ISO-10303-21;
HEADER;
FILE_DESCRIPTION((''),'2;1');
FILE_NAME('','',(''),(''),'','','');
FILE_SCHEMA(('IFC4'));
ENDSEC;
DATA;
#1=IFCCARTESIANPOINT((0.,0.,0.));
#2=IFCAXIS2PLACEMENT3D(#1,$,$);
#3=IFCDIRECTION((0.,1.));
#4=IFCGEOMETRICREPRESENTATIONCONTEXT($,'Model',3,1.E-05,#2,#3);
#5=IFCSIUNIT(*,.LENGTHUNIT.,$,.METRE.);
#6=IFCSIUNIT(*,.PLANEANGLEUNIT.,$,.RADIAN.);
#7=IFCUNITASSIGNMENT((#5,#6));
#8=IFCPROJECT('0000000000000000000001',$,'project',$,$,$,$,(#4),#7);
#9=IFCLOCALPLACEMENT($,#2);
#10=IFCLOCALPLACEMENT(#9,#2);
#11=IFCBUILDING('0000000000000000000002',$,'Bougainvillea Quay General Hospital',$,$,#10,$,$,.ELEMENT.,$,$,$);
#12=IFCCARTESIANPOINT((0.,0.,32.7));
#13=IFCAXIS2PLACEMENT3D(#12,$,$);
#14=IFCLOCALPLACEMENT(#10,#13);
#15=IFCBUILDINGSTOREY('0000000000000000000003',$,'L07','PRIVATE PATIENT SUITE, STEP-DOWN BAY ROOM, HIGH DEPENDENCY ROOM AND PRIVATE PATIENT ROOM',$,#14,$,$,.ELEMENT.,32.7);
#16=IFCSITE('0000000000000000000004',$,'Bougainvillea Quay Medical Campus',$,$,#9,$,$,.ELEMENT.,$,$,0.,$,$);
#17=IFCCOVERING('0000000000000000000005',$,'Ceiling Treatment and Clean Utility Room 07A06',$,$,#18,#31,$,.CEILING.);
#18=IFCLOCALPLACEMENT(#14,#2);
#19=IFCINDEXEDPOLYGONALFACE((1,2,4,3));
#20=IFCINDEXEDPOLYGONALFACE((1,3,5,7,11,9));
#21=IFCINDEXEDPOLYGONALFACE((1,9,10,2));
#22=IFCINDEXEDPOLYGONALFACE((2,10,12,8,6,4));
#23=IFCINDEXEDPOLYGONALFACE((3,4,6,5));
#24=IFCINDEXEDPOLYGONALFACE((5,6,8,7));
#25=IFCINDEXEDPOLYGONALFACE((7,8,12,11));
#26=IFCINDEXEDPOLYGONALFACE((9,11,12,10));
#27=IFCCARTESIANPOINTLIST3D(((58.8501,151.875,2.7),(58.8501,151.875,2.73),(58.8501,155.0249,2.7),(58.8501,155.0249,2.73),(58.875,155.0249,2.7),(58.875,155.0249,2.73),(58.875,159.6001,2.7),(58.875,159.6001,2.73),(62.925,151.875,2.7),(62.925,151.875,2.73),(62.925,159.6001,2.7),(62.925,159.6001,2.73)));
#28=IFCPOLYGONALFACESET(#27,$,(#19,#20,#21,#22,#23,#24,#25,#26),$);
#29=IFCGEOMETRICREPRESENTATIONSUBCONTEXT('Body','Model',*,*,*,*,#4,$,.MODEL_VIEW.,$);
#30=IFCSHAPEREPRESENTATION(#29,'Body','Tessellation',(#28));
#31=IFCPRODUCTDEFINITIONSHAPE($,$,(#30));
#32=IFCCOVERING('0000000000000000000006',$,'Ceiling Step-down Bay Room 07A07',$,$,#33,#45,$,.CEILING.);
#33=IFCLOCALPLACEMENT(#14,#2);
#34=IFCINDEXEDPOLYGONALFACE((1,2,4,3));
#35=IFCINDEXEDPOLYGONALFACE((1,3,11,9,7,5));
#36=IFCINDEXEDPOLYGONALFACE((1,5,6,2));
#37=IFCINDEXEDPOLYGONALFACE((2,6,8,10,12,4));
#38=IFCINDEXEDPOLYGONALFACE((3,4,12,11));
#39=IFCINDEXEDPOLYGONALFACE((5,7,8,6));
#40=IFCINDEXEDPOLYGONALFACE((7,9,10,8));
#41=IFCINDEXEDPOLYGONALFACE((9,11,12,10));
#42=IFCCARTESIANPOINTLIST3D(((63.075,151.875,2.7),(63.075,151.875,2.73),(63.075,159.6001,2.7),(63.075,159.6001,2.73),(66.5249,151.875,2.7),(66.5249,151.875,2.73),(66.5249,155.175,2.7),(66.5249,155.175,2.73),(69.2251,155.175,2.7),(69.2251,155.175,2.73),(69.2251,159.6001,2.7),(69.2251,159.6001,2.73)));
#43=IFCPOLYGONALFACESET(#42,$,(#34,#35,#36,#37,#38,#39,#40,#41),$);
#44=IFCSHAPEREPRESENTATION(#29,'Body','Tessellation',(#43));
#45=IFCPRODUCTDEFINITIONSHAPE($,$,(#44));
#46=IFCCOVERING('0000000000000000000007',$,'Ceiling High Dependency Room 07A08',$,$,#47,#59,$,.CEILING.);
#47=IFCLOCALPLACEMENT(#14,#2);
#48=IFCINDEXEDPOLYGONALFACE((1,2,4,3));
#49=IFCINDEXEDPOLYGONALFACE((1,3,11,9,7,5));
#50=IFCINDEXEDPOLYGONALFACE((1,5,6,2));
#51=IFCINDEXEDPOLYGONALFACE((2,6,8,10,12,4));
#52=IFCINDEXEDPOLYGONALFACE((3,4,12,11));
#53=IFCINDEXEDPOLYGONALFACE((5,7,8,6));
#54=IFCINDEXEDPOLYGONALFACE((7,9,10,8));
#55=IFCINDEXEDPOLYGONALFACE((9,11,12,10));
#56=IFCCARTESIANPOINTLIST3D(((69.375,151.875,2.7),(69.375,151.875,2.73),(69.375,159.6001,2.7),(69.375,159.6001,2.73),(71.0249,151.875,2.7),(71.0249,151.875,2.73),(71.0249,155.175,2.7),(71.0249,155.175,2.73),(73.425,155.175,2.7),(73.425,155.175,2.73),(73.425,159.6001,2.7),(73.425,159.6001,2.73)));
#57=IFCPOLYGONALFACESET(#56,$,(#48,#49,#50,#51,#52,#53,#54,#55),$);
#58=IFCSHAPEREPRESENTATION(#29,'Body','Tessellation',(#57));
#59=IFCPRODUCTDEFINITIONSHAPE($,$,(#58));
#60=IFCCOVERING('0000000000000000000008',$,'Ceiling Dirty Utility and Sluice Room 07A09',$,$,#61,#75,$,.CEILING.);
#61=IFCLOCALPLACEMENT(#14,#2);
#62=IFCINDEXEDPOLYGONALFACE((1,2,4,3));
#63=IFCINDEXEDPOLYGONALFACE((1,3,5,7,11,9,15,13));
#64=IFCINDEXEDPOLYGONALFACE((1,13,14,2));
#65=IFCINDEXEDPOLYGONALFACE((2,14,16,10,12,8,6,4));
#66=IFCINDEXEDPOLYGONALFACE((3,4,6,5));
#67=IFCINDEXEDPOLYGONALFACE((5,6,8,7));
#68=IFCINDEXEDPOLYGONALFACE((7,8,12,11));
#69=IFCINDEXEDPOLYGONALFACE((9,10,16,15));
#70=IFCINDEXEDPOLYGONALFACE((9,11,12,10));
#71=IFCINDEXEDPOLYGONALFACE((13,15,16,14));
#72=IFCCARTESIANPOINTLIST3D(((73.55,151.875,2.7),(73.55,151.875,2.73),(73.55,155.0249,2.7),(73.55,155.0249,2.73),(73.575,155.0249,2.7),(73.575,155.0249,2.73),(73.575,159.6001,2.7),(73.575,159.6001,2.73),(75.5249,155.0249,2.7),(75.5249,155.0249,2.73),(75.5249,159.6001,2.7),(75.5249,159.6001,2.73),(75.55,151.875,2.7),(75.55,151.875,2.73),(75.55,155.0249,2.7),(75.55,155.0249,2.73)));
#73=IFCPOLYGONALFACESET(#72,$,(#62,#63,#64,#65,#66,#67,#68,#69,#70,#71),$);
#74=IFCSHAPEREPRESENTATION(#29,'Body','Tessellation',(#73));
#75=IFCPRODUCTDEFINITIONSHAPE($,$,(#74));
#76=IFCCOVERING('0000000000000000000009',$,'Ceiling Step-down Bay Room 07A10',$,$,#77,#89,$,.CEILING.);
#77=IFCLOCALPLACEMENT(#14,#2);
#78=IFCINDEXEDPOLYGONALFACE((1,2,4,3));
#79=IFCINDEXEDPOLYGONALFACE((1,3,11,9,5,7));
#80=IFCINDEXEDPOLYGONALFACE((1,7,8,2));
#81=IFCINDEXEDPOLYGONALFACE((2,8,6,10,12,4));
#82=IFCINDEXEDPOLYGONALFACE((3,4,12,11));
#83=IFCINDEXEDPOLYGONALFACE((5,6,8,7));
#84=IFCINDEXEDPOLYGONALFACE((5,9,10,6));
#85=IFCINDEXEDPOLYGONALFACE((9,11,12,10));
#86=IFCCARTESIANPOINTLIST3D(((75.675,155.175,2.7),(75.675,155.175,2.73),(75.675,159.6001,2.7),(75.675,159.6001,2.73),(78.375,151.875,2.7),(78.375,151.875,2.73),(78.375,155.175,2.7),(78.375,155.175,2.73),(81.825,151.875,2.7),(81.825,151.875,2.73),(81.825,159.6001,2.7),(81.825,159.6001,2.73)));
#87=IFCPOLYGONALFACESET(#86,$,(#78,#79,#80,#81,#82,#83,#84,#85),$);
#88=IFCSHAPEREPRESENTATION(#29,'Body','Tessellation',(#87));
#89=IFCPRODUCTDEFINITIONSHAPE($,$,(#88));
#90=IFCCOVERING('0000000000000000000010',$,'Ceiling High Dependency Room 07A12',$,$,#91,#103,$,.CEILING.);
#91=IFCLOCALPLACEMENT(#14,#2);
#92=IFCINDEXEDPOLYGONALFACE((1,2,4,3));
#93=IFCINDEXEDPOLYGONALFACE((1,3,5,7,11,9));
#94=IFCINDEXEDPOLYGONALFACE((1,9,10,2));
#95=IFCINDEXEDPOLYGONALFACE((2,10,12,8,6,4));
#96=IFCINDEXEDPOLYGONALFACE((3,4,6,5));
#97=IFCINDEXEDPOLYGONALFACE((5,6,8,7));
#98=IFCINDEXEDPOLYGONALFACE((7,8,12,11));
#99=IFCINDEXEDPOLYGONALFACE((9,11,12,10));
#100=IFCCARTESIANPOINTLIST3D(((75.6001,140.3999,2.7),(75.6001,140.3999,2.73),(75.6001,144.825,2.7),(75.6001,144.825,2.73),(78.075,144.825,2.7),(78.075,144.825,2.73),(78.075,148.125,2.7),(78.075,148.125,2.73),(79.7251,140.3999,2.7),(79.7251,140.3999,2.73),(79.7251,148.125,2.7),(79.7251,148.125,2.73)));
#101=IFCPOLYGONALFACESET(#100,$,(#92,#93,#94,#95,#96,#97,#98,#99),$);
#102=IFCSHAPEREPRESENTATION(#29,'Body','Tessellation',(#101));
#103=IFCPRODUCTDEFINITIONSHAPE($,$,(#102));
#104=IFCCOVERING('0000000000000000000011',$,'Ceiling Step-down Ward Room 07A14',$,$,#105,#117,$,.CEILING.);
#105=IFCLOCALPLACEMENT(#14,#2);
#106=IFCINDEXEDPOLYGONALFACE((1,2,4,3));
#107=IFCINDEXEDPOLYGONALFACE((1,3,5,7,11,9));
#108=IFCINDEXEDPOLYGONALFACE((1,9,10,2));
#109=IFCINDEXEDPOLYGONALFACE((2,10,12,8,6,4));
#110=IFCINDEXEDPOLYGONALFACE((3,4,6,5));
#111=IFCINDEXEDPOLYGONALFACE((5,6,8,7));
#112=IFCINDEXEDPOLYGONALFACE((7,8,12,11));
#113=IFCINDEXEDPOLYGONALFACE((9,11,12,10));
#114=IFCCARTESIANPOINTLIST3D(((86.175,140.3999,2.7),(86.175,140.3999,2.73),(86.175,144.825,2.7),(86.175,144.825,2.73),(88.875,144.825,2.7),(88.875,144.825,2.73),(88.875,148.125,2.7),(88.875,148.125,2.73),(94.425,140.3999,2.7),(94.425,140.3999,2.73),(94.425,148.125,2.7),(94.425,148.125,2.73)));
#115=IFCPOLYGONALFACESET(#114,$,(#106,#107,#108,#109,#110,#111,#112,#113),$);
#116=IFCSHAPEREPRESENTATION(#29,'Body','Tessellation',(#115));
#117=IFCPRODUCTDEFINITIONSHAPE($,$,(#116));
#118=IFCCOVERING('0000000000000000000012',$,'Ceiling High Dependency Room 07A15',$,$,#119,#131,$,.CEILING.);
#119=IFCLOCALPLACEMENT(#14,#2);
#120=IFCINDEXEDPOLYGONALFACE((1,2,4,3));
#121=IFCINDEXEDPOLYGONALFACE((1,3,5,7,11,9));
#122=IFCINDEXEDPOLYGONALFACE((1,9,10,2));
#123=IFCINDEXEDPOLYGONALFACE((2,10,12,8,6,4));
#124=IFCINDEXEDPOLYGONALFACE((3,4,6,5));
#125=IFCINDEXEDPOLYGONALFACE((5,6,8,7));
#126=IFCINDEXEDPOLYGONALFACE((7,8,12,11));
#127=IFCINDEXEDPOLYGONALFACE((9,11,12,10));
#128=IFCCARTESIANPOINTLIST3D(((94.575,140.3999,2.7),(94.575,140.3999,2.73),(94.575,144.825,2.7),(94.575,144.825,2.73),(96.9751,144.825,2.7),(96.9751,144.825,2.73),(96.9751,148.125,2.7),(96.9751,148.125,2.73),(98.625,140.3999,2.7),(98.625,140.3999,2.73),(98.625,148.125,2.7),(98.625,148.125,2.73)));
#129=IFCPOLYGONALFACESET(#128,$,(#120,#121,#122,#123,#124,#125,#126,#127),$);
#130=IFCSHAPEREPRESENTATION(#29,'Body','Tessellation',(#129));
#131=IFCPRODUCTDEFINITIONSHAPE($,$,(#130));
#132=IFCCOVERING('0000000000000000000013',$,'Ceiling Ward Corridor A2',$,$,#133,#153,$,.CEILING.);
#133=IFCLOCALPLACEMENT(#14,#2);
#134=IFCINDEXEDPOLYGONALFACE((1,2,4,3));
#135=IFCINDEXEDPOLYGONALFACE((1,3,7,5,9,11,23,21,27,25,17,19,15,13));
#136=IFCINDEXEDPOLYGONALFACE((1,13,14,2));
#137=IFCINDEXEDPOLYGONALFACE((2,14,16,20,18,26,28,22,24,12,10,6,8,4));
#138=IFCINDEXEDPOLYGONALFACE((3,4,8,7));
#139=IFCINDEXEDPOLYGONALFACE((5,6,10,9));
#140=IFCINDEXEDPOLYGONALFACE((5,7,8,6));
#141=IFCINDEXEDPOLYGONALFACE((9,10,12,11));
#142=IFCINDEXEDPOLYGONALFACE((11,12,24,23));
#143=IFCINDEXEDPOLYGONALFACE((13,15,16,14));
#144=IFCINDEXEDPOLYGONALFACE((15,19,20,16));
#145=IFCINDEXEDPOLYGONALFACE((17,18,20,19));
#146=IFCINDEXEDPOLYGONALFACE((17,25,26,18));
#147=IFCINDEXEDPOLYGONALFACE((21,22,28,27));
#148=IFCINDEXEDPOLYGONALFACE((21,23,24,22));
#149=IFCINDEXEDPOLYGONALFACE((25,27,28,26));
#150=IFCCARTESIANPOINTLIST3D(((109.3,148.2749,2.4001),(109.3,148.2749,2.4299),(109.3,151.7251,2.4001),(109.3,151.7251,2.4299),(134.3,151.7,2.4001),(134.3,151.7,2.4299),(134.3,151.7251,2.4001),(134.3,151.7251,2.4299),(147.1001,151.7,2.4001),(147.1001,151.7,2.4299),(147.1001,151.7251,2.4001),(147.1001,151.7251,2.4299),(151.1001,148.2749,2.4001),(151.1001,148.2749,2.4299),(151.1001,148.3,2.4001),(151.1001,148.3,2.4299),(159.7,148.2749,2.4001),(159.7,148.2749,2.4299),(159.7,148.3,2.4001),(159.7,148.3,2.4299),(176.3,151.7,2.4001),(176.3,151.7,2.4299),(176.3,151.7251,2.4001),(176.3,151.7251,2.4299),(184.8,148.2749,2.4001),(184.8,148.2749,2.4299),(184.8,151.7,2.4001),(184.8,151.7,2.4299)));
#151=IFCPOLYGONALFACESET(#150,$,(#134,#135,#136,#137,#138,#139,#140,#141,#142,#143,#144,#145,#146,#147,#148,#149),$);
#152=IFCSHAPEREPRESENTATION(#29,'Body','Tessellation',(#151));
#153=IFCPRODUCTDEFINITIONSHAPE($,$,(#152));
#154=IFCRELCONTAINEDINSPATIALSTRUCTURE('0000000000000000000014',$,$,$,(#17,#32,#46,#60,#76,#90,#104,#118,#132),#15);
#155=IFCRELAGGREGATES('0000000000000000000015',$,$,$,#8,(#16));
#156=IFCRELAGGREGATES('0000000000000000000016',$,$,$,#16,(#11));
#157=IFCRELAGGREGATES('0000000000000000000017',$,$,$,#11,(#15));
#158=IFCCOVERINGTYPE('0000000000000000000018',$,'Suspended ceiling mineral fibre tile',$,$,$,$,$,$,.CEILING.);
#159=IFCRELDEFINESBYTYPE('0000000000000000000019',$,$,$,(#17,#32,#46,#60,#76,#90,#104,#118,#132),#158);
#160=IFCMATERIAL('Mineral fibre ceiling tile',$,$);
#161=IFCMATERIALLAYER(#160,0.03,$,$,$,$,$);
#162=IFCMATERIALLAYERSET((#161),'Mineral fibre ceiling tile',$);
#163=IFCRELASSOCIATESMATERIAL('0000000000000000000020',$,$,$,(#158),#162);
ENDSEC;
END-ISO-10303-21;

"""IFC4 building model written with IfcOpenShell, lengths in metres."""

from ifc_helpers import new_model, si_unit, direction, frame, origin, place, context, subcontext, project, spatial, polyline, outline, extrude, material, layer, layer_set, type_object, element, save


model = new_model("IFC4")

# Units and contexts
model_context = context("Model", 3, precision=1e-05, world=origin(), true_north=direction((0.0, 1.0)))
body_context = subcontext(model_context, "Body", "Model", "MODEL_VIEW")
ifc_project = project(units=[si_unit("LENGTHUNIT", "METRE"), si_unit("PLANEANGLEUNIT", "RADIAN")], contexts=[model_context])

# Site, building, storey
site_placement = place(None, origin())
site = spatial("IfcSite", under=ifc_project, at=site_placement, Name="Bougainvillea Quay Medical Campus", CompositionType="ELEMENT", RefElevation=0.0)
building_placement = place(site_placement, origin())
building = spatial("IfcBuilding", under=site, at=building_placement, Name="Bougainvillea Quay General Hospital", CompositionType="ELEMENT")
storey_placement = place(building_placement, frame((0.0, 0.0, 32.7)))
storey = spatial("IfcBuildingStorey", under=building, at=storey_placement, Name="L07", Description="PRIVATE PATIENT SUITE, STEP-DOWN BAY ROOM, HIGH DEPENDENCY ROOM AND PRIVATE PATIENT ROOM", CompositionType="ELEMENT", Elevation=32.7)

# Coverings
ifc_material = material(Name="Mineral fibre ceiling tile")
ifc_layer = layer(ifc_material, 0.03)
ifc_layer_set = layer_set([ifc_layer], Name="Mineral fibre ceiling tile")
covering_type = type_object("IfcCoveringType", Name="Suspended ceiling mineral fibre tile", PredefinedType="CEILING", material=ifc_layer_set)
covering_1_placement = place(storey_placement, frame((0.0, 0.0, 2.7)))
element("IfcCovering", 1, at=covering_1_placement, inside=storey, type_object=covering_type, Name="Ceiling Treatment and Clean Utility Room 07A06", PredefinedType="CEILING", context=body_context, shape_type="SweptSolid", body=[
    extrude(outline(polyline([(58.875, 159.6001), (58.875, 155.0249), (58.8501, 155.0249), (58.8501, 151.875), (62.925, 151.875), (62.925, 159.6001), (58.875, 159.6001)])), origin(), (0.0, 0.0, 1.0), 0.03),
])
covering_2_placement = place(storey_placement, frame((0.0, 0.0, 2.7)))
element("IfcCovering", 2, at=covering_2_placement, inside=storey, type_object=covering_type, Name="Ceiling Step-down Bay Room 07A07", PredefinedType="CEILING", context=body_context, shape_type="SweptSolid", body=[
    extrude(outline(polyline([(63.075, 159.6001), (63.075, 151.875), (66.5249, 151.875), (66.5249, 155.175), (69.2251, 155.175), (69.2251, 159.6001), (63.075, 159.6001)])), origin(), (0.0, 0.0, 1.0), 0.03),
])
covering_3_placement = place(storey_placement, frame((0.0, 0.0, 2.7)))
element("IfcCovering", 3, at=covering_3_placement, inside=storey, type_object=covering_type, Name="Ceiling High Dependency Room 07A08", PredefinedType="CEILING", context=body_context, shape_type="SweptSolid", body=[
    extrude(outline(polyline([(69.375, 159.6001), (69.375, 151.875), (71.0249, 151.875), (71.0249, 155.175), (73.425, 155.175), (73.425, 159.6001), (69.375, 159.6001)])), origin(), (0.0, 0.0, 1.0), 0.03),
])
covering_4_placement = place(storey_placement, frame((0.0, 0.0, 2.7)))
element("IfcCovering", 4, at=covering_4_placement, inside=storey, type_object=covering_type, Name="Ceiling Dirty Utility and Sluice Room 07A09", PredefinedType="CEILING", context=body_context, shape_type="SweptSolid", body=[
    extrude(outline(polyline([(73.575, 159.6001), (73.575, 155.0249), (73.55, 155.0249), (73.55, 151.875), (75.55, 151.875), (75.55, 155.0249), (75.5249, 155.0249), (75.5249, 159.6001), (73.575, 159.6001)])), origin(), (0.0, 0.0, 1.0), 0.03),
])
covering_5_placement = place(storey_placement, frame((0.0, 0.0, 2.7)))
element("IfcCovering", 5, at=covering_5_placement, inside=storey, type_object=covering_type, Name="Ceiling Step-down Bay Room 07A10", PredefinedType="CEILING", context=body_context, shape_type="SweptSolid", body=[
    extrude(outline(polyline([(75.675, 159.6001), (75.675, 155.175), (78.375, 155.175), (78.375, 151.875), (81.825, 151.875), (81.825, 159.6001), (75.675, 159.6001)])), origin(), (0.0, 0.0, 1.0), 0.03),
])
covering_6_placement = place(storey_placement, frame((0.0, 0.0, 2.7)))
element("IfcCovering", 6, at=covering_6_placement, inside=storey, type_object=covering_type, Name="Ceiling High Dependency Room 07A12", PredefinedType="CEILING", context=body_context, shape_type="SweptSolid", body=[
    extrude(outline(polyline([(79.7251, 140.3999), (79.7251, 148.125), (78.075, 148.125), (78.075, 144.825), (75.6001, 144.825), (75.6001, 140.3999), (79.7251, 140.3999)])), origin(), (0.0, 0.0, 1.0), 0.03),
])
covering_7_placement = place(storey_placement, frame((0.0, 0.0, 2.7)))
element("IfcCovering", 7, at=covering_7_placement, inside=storey, type_object=covering_type, Name="Ceiling Step-down Ward Room 07A14", PredefinedType="CEILING", context=body_context, shape_type="SweptSolid", body=[
    extrude(outline(polyline([(94.425, 140.3999), (94.425, 148.125), (88.875, 148.125), (88.875, 144.825), (86.175, 144.825), (86.175, 140.3999), (94.425, 140.3999)])), origin(), (0.0, 0.0, 1.0), 0.03),
])
covering_8_placement = place(storey_placement, frame((0.0, 0.0, 2.7)))
element("IfcCovering", 8, at=covering_8_placement, inside=storey, type_object=covering_type, Name="Ceiling High Dependency Room 07A15", PredefinedType="CEILING", context=body_context, shape_type="SweptSolid", body=[
    extrude(outline(polyline([(98.625, 140.3999), (98.625, 148.125), (96.9751, 148.125), (96.9751, 144.825), (94.575, 144.825), (94.575, 140.3999), (98.625, 140.3999)])), origin(), (0.0, 0.0, 1.0), 0.03),
])
covering_9_placement = place(storey_placement, frame((0.0, 0.0, 2.4001)))
element("IfcCovering", 9, at=covering_9_placement, inside=storey, type_object=covering_type, Name="Ceiling Ward Corridor A2", PredefinedType="CEILING", context=body_context, shape_type="SweptSolid", body=[
    extrude(outline(polyline([(184.8, 151.7), (176.3, 151.7), (176.3, 151.7251), (147.1001, 151.7251), (147.1001, 151.7), (134.3, 151.7), (134.3, 151.7251), (109.3, 151.7251), (109.3, 148.2749), (151.1001, 148.2749), (151.1001, 148.3), (159.7, 148.3), (159.7, 148.2749), (184.8, 148.2749), (184.8, 151.7)])), origin(), (0.0, 0.0, 1.0), 0.0298),
])

save(model, "model.ifc")
